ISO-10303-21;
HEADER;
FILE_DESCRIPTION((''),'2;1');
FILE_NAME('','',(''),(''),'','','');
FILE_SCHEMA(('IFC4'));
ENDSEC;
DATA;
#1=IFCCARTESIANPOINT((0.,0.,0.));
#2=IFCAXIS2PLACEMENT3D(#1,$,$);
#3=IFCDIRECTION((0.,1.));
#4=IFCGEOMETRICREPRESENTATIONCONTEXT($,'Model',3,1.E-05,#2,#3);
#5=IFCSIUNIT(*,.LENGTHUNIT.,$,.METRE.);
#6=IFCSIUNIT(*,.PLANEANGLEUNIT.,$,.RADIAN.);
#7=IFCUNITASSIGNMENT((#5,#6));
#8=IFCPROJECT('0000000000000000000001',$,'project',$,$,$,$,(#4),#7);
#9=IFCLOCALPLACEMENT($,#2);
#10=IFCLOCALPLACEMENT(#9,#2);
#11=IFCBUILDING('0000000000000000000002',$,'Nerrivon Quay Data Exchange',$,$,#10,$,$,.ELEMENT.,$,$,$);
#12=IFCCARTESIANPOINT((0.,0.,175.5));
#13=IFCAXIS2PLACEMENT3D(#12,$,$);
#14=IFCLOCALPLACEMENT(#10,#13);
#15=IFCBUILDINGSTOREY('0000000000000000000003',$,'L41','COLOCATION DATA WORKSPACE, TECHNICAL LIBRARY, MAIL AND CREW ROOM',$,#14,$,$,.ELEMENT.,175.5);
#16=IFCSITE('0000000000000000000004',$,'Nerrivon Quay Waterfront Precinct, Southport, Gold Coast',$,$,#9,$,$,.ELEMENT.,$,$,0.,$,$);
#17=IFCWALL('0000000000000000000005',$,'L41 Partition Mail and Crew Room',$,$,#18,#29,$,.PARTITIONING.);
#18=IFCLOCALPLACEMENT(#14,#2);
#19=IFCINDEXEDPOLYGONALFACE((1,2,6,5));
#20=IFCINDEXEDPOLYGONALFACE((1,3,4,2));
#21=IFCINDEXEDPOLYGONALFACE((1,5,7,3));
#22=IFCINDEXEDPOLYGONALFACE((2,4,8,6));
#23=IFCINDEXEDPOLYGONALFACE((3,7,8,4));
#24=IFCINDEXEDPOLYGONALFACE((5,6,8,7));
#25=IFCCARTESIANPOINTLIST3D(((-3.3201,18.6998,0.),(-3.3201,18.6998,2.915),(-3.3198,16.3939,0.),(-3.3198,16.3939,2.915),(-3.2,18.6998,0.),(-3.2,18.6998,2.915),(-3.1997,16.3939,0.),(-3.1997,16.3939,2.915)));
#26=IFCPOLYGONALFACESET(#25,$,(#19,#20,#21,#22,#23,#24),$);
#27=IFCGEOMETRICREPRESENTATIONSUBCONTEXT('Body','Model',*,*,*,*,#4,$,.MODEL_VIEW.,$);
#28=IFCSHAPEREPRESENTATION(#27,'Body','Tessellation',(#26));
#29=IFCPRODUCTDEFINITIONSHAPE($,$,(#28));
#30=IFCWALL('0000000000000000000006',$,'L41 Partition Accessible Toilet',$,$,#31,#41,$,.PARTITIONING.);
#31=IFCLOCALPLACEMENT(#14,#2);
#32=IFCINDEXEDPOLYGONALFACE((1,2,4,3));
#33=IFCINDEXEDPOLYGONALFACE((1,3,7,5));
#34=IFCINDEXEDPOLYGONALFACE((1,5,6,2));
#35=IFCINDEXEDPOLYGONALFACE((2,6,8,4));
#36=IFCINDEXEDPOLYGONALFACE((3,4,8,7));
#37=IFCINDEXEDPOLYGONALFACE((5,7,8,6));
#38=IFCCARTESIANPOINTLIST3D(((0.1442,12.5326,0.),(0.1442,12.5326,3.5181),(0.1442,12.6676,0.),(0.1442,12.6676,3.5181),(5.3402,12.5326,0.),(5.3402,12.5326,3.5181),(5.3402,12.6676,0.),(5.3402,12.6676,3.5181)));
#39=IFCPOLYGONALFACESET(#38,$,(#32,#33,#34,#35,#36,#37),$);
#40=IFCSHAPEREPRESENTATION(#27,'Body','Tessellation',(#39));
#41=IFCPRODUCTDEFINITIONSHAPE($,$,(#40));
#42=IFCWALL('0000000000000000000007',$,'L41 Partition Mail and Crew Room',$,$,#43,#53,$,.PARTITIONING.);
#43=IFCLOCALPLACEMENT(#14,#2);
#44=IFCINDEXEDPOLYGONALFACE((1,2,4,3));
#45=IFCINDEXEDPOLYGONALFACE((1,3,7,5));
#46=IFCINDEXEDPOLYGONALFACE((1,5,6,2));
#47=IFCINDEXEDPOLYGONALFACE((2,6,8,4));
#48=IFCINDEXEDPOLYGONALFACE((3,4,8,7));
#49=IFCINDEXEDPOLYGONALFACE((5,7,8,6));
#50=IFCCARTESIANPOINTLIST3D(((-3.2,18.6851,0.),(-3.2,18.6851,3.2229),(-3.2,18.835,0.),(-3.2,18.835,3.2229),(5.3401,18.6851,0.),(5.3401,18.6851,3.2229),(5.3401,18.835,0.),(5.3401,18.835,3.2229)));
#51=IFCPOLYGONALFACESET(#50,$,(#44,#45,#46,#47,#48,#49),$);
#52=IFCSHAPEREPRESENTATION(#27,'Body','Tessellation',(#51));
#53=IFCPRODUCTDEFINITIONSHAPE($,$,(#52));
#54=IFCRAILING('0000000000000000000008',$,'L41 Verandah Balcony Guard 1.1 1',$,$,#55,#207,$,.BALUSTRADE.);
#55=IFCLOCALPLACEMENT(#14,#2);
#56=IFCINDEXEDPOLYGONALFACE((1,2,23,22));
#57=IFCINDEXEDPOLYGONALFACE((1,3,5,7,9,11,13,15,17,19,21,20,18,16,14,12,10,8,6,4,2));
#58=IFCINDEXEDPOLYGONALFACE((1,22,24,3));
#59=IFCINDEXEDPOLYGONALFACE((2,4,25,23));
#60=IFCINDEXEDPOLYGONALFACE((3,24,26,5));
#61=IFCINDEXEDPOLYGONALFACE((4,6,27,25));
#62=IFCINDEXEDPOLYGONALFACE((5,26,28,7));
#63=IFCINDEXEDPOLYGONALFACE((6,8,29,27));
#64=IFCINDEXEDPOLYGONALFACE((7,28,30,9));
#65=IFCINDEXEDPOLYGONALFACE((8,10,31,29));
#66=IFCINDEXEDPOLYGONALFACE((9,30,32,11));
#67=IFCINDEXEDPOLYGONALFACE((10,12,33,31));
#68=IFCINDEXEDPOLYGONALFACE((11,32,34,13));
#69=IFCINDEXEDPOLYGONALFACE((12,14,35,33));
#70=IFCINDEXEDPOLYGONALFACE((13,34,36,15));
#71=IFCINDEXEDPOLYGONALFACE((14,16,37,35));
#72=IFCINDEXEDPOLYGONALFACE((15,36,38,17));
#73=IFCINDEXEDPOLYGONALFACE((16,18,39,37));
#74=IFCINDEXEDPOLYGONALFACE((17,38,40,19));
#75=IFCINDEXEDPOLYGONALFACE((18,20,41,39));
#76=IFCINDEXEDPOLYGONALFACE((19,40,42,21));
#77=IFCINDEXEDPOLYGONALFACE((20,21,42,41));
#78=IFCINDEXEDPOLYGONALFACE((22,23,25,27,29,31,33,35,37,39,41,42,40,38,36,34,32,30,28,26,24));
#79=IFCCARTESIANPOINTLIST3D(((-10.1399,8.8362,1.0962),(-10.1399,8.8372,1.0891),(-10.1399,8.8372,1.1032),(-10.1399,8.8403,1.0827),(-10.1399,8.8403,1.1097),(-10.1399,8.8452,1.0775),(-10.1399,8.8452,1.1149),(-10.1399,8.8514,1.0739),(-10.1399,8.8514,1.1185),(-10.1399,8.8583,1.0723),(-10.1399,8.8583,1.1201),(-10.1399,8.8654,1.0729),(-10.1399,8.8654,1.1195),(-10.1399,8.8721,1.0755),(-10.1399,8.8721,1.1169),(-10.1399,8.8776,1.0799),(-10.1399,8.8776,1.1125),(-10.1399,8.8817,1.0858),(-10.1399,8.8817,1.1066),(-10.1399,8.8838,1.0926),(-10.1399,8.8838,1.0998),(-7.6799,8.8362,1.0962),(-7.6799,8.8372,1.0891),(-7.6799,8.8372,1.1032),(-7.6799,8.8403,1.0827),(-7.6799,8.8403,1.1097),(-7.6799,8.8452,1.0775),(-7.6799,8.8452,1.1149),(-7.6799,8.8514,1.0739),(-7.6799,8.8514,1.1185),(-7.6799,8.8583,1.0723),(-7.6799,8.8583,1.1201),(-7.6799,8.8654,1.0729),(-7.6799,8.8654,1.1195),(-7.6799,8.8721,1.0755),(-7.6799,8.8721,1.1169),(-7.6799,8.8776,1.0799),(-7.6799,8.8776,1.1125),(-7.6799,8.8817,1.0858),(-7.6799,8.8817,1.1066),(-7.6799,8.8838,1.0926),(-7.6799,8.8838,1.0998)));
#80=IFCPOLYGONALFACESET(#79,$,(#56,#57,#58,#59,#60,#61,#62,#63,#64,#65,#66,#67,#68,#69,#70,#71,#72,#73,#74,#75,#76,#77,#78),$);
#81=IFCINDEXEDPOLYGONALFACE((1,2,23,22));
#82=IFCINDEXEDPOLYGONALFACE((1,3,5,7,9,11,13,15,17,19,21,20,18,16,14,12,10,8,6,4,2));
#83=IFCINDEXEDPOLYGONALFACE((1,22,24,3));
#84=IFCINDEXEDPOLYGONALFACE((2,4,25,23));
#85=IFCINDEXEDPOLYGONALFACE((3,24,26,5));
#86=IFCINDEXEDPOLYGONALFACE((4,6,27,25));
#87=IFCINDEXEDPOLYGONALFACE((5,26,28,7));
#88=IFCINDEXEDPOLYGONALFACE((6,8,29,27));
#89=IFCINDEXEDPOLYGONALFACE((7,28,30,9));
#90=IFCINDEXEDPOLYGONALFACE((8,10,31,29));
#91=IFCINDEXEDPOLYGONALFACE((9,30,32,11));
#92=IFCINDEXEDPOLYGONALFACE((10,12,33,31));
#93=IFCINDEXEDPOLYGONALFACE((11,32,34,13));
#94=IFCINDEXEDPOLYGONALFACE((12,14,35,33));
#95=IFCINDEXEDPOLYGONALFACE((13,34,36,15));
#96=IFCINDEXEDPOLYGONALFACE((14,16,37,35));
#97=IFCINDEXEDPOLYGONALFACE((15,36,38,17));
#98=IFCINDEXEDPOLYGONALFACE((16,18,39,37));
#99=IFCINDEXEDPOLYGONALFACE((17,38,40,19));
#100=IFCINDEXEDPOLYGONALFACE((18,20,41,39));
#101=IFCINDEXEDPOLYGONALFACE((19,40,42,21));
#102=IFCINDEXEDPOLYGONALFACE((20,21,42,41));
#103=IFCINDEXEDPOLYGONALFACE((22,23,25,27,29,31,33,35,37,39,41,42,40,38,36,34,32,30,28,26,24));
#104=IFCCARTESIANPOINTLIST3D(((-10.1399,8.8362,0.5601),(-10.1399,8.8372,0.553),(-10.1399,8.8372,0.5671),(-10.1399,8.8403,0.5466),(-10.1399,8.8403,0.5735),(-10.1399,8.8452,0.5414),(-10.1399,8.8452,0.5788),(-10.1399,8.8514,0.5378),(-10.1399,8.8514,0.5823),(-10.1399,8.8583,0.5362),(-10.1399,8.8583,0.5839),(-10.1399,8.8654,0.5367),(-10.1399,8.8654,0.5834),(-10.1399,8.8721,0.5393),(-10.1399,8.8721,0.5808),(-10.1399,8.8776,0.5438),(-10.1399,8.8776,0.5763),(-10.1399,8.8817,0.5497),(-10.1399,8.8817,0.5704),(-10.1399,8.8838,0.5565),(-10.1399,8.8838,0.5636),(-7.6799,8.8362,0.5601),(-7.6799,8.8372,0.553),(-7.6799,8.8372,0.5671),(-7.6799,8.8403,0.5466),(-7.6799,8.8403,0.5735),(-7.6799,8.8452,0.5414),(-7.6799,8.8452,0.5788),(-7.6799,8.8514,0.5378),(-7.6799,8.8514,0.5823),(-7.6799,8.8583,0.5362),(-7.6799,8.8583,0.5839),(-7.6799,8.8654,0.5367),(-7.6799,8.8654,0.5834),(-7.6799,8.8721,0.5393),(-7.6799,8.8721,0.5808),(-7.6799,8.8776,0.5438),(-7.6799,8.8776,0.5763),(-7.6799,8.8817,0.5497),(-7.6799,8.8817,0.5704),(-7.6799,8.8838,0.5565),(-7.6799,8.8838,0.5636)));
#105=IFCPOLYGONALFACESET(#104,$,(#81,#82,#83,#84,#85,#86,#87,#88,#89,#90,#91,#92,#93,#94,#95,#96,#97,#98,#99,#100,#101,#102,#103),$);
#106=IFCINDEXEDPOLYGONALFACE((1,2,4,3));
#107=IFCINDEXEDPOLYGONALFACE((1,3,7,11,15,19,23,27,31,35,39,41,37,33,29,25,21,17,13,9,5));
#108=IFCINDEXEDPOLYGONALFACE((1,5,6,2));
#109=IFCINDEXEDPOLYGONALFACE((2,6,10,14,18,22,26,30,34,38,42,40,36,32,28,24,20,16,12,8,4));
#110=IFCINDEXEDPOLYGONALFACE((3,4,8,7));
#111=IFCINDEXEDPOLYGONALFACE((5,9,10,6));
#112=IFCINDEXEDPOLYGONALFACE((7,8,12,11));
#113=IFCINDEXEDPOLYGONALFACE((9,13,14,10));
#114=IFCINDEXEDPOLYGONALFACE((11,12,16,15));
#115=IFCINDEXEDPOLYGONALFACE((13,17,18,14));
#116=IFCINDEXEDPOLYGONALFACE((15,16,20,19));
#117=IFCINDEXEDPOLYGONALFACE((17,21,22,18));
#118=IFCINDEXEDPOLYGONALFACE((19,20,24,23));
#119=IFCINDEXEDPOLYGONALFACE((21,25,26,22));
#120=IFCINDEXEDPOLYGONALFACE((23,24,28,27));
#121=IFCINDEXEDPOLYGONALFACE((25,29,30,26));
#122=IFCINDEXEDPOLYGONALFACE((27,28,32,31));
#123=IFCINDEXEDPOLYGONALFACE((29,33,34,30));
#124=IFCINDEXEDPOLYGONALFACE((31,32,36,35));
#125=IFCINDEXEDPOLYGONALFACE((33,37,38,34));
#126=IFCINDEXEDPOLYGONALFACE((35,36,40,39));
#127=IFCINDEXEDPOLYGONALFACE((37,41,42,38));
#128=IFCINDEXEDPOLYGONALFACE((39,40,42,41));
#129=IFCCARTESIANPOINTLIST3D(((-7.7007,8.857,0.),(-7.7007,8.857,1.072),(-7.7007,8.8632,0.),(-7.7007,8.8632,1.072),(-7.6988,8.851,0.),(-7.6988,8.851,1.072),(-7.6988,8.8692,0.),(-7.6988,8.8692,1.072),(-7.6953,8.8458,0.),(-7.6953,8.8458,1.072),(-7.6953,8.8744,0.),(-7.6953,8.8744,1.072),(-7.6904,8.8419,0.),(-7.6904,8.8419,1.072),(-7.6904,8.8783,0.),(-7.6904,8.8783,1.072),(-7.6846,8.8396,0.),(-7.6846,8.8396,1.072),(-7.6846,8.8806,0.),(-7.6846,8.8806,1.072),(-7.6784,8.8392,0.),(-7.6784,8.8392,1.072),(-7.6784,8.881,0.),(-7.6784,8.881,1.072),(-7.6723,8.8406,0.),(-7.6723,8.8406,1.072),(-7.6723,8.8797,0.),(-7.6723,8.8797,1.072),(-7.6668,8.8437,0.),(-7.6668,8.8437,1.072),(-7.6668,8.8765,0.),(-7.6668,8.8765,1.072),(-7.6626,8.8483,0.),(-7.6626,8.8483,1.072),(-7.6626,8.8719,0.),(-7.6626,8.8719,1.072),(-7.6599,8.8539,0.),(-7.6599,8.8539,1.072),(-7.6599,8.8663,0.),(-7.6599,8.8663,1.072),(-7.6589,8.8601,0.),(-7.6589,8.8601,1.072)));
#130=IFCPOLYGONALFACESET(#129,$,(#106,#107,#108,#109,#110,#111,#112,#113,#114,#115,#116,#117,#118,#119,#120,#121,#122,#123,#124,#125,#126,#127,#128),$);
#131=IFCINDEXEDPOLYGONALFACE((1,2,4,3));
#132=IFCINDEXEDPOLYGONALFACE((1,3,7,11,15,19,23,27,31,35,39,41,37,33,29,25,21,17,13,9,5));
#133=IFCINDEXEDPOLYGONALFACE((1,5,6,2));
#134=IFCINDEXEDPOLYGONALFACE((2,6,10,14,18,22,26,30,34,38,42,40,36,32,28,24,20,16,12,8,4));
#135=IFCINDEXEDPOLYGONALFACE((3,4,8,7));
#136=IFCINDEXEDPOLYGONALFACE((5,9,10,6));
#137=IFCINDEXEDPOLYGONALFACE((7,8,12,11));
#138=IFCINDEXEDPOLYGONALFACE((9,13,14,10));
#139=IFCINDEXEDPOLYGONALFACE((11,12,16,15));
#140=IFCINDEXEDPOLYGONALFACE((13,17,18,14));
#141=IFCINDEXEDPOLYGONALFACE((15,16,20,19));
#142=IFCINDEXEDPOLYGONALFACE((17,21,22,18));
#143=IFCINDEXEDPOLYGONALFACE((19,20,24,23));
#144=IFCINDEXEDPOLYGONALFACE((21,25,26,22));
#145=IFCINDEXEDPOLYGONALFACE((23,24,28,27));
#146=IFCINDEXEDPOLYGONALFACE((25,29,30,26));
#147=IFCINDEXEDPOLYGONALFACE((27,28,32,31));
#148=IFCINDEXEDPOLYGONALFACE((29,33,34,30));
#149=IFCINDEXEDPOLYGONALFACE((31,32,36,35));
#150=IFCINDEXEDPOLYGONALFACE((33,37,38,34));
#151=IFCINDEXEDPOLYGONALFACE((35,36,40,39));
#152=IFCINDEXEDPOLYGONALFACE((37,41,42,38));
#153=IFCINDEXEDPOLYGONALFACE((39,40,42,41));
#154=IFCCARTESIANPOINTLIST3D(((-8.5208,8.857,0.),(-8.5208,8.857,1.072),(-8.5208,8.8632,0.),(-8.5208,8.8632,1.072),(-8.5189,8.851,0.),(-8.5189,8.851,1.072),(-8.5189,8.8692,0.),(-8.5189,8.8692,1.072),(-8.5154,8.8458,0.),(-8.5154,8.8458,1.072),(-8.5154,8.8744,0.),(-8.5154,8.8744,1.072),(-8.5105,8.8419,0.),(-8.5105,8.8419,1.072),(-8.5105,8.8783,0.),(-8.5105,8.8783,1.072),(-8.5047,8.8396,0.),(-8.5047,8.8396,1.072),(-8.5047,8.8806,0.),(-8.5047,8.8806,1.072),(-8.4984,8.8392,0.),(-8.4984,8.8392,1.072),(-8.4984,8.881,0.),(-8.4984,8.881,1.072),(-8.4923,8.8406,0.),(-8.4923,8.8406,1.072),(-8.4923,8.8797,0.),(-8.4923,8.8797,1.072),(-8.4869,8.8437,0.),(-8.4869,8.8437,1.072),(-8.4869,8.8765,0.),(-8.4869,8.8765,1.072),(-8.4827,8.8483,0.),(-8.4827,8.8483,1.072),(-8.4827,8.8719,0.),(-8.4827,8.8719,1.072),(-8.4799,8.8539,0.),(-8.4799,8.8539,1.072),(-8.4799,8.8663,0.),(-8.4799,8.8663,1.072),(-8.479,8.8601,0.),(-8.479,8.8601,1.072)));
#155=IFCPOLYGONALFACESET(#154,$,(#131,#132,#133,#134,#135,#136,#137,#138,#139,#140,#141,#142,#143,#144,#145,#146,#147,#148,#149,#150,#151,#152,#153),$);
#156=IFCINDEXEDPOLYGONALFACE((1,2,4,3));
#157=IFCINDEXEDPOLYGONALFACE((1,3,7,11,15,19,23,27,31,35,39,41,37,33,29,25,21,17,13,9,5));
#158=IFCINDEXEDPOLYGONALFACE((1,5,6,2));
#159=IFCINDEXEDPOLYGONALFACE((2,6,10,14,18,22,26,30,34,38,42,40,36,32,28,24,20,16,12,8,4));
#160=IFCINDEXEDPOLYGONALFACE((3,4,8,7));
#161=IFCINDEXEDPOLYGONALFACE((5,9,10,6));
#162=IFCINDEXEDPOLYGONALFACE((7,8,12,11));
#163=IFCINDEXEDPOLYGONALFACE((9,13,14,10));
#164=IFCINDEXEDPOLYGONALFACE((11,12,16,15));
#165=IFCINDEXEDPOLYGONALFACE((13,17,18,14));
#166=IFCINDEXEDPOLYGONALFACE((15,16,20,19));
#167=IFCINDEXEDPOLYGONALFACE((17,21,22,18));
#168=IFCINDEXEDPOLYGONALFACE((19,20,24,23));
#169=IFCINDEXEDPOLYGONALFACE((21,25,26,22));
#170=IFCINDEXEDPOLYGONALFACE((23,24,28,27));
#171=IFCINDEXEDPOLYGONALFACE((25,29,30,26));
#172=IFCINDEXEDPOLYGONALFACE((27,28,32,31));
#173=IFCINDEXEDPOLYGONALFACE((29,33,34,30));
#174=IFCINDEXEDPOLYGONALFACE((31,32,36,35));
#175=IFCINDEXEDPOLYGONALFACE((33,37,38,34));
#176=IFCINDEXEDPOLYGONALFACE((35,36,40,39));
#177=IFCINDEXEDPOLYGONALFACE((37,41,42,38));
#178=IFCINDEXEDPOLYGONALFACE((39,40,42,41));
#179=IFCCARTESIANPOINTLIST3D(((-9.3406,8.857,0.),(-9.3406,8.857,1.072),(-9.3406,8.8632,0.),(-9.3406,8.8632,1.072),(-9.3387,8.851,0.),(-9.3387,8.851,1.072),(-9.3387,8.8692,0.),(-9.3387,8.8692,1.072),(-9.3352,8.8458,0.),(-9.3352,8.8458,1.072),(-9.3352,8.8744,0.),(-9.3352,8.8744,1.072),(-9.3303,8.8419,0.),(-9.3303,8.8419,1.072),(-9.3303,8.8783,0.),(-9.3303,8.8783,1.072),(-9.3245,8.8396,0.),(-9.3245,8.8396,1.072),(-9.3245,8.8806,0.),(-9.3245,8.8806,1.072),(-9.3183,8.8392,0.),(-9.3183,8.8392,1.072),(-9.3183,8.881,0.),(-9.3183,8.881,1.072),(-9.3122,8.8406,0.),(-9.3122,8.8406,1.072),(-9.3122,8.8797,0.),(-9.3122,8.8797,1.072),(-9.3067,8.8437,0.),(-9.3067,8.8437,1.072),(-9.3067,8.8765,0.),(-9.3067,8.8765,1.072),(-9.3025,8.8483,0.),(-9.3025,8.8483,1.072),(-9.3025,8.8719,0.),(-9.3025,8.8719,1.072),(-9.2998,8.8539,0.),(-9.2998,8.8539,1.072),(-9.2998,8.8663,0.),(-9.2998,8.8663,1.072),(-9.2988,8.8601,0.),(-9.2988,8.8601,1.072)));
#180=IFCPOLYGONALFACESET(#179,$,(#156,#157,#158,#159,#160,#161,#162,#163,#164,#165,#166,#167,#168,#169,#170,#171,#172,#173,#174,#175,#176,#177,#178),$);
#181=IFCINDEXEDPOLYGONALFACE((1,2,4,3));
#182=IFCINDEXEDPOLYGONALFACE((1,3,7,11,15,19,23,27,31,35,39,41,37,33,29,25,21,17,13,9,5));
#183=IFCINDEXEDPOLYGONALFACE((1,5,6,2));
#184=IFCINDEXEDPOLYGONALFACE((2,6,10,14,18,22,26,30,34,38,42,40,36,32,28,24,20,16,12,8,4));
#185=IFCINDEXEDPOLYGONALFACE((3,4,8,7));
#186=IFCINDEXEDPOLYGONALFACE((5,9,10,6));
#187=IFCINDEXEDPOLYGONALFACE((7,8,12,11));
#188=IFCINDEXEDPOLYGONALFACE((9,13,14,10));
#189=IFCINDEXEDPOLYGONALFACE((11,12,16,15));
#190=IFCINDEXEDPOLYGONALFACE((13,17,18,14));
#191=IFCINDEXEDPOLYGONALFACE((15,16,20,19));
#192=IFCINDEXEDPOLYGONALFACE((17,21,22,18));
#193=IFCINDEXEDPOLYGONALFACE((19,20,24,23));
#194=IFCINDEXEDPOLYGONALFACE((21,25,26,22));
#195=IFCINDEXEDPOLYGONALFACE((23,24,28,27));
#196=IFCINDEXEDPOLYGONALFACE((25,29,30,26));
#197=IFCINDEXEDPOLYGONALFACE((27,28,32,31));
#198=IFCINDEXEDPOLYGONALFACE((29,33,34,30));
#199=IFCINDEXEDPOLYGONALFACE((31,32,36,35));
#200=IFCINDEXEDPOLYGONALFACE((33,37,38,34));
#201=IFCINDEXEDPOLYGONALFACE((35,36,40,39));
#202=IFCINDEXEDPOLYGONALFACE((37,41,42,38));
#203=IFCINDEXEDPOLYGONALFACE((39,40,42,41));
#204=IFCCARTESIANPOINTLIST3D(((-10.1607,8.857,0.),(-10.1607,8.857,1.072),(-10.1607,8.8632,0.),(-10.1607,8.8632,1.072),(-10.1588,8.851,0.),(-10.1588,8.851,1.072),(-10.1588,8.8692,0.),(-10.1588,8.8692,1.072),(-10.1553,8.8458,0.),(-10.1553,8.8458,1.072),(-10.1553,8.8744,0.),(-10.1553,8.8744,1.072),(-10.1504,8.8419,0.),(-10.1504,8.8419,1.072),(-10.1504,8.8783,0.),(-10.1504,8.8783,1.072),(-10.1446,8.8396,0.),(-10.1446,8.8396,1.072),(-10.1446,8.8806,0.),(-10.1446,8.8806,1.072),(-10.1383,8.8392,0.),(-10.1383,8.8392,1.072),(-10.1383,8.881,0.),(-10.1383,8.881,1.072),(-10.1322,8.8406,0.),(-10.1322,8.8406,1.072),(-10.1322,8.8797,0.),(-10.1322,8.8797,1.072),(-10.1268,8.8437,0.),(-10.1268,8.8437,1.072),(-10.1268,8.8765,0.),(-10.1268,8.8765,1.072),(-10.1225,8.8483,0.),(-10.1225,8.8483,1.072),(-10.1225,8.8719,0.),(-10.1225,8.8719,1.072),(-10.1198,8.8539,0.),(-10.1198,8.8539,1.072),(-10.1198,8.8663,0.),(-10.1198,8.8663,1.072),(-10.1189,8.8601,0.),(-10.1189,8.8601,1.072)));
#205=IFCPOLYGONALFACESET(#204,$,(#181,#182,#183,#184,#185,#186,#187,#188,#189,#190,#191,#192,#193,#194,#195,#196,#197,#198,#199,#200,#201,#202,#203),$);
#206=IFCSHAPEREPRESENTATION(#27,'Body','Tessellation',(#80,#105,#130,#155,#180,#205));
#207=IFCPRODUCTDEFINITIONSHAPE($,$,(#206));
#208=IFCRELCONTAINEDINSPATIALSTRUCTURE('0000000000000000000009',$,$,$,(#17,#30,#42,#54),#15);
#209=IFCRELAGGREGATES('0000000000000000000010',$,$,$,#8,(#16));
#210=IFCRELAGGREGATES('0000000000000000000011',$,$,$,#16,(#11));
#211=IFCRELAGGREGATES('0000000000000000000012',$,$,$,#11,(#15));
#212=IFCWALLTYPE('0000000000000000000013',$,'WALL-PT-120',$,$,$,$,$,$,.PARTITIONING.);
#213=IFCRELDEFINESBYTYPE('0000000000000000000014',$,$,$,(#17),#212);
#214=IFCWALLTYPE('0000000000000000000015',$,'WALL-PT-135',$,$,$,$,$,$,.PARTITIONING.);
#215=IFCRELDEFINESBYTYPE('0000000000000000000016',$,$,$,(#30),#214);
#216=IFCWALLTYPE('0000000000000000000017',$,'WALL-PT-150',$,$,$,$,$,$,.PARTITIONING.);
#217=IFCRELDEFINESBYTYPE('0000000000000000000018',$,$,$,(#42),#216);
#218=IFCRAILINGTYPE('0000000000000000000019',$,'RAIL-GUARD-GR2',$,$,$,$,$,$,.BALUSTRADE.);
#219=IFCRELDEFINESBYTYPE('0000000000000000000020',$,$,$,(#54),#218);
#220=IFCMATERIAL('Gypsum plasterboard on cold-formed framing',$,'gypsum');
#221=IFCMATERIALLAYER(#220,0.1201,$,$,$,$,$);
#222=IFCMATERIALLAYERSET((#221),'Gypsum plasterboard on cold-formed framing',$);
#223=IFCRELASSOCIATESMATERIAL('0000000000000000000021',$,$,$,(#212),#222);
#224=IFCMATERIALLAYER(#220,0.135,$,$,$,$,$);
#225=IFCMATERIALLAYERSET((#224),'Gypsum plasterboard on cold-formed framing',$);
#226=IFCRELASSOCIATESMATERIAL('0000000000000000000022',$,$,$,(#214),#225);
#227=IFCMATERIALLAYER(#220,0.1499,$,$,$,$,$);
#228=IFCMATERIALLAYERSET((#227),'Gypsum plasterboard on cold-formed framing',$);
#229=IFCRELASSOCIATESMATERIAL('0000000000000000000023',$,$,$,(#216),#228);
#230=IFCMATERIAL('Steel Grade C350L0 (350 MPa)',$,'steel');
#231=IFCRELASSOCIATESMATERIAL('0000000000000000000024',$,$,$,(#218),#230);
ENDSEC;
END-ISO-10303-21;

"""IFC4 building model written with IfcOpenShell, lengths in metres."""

from ifc_helpers import new_model, si_unit, direction, frame, frame_2d, origin, origin_2d, place, context, subcontext, project, spatial, rectangle, circle, extrude, material, layer, layer_set, type_object, element, save


model = new_model("IFC4")

# Units and contexts
model_context = context("Model", 3, precision=1e-05, world=origin(), true_north=direction((0.0, 1.0)))
body_context = subcontext(model_context, "Body", "Model", "MODEL_VIEW")
ifc_project = project(units=[si_unit("LENGTHUNIT", "METRE"), si_unit("PLANEANGLEUNIT", "RADIAN")], contexts=[model_context])

# Site, building, storey
site_placement = place(None, origin())
site = spatial("IfcSite", under=ifc_project, at=site_placement, Name="Nerrivon Quay Waterfront Precinct, Southport, Gold Coast", CompositionType="ELEMENT", RefElevation=0.0)
building_placement = place(site_placement, origin())
building = spatial("IfcBuilding", under=site, at=building_placement, Name="Nerrivon Quay Data Exchange", CompositionType="ELEMENT")
storey_placement = place(building_placement, frame((0.0, 0.0, 175.5)))
storey = spatial("IfcBuildingStorey", under=building, at=storey_placement, Name="L41", Description="COLOCATION DATA WORKSPACE, TECHNICAL LIBRARY, MAIL AND CREW ROOM", CompositionType="ELEMENT", Elevation=175.5)

# Walls
ifc_material_1 = material(Name="Gypsum plasterboard on cold-formed framing", Category="gypsum")
ifc_layer_1 = layer(ifc_material_1, 0.1201)
ifc_layer_set_1 = layer_set([ifc_layer_1], Name="Gypsum plasterboard on cold-formed framing")
wall_type_1 = type_object("IfcWallType", Name="WALL-PT-120", PredefinedType="PARTITIONING", material=ifc_layer_set_1)
wall_1_placement = place(storey_placement, frame((-3.2598, 16.394, 0.0), z_axis=(0.0, 0.0, 1.0), x_axis=(-0.000106, 1.0, 0.0)))
element("IfcWall", 1, at=wall_1_placement, inside=storey, type_object=wall_type_1, Name="L41 Partition Mail and Crew Room", PredefinedType="PARTITIONING", context=body_context, shape_type="SweptSolid", body=[
    extrude(rectangle(XDim=2.3059, YDim=0.1201, at=frame_2d((1.1528, 0.0))), origin(), (0.0, 0.0, 1.0), 2.915),
])
ifc_layer_2 = layer(ifc_material_1, 0.135)
ifc_layer_set_2 = layer_set([ifc_layer_2], Name="Gypsum plasterboard on cold-formed framing")
wall_type_2 = type_object("IfcWallType", Name="WALL-PT-135", PredefinedType="PARTITIONING", material=ifc_layer_set_2)
wall_2_placement = place(storey_placement, frame((0.144, 12.6001, 0.0), z_axis=(0.0, 0.0, 1.0), x_axis=(1.0, 0.0, 0.0)))
element("IfcWall", 2, at=wall_2_placement, inside=storey, type_object=wall_type_2, Name="L41 Partition Accessible Toilet", PredefinedType="PARTITIONING", context=body_context, shape_type="SweptSolid", body=[
    extrude(rectangle(XDim=5.196, YDim=0.135, at=frame_2d((2.5981, 0.0))), origin(), (0.0, 0.0, 1.0), 3.5181),
])
ifc_layer_3 = layer(ifc_material_1, 0.1499)
ifc_layer_set_3 = layer_set([ifc_layer_3], Name="Gypsum plasterboard on cold-formed framing")
wall_type_3 = type_object("IfcWallType", Name="WALL-PT-150", PredefinedType="PARTITIONING", material=ifc_layer_set_3)
wall_3_placement = place(storey_placement, frame((-3.2, 18.76, 0.0), z_axis=(0.0, 0.0, 1.0), x_axis=(1.0, 0.0, 0.0)))
element("IfcWall", 3, at=wall_3_placement, inside=storey, type_object=wall_type_3, Name="L41 Partition Mail and Crew Room", PredefinedType="PARTITIONING", context=body_context, shape_type="SweptSolid", body=[
    extrude(rectangle(XDim=8.54, YDim=0.1499, at=frame_2d((4.27, 0.0))), origin(), (0.0, 0.0, 1.0), 3.2229),
])

# Railing
ifc_material_2 = material(Name="Steel Grade C350L0 (350 MPa)", Category="steel")
railing_type = type_object("IfcRailingType", Name="RAIL-GUARD-GR2", PredefinedType="BALUSTRADE", material=ifc_material_2)
railing_1_placement = place(storey_placement, frame((-7.6799, 8.8601, 0.0)))
element("IfcRailing", 4, at=railing_1_placement, inside=storey, type_object=railing_type, Name="L41 Verandah Balcony Guard 1.1 1", PredefinedType="BALUSTRADE", context=body_context, shape_type="SweptSolid", body=[
    extrude(circle(Radius=0.0239, at=origin_2d()), frame((0.0, 0.0, 1.0962), z_axis=(-1.0, 0.0, 0.0), x_axis=(0.0, -1.0, 0.0)), (0.0, 0.0, 1.0), 2.46),
    extrude(circle(Radius=0.0239, at=origin_2d()), frame((0.0, 0.0, 0.5601), z_axis=(-1.0, 0.0, 0.0), x_axis=(0.0, -1.0, 0.0)), (0.0, 0.0, 1.0), 2.46),
    extrude(circle(Radius=0.021, at=origin_2d()), origin(), (0.0, 0.0, 1.0), 1.072),
    extrude(circle(Radius=0.021, at=origin_2d()), frame((-0.8201, 0.0, 0.0)), (0.0, 0.0, 1.0), 1.072),
    extrude(circle(Radius=0.021, at=origin_2d()), frame((-1.6399, 0.0, 0.0)), (0.0, 0.0, 1.0), 1.072),
    extrude(circle(Radius=0.021, at=origin_2d()), frame((-2.46, 0.0, 0.0)), (0.0, 0.0, 1.0), 1.072),
])

save(model, "model.ifc")
